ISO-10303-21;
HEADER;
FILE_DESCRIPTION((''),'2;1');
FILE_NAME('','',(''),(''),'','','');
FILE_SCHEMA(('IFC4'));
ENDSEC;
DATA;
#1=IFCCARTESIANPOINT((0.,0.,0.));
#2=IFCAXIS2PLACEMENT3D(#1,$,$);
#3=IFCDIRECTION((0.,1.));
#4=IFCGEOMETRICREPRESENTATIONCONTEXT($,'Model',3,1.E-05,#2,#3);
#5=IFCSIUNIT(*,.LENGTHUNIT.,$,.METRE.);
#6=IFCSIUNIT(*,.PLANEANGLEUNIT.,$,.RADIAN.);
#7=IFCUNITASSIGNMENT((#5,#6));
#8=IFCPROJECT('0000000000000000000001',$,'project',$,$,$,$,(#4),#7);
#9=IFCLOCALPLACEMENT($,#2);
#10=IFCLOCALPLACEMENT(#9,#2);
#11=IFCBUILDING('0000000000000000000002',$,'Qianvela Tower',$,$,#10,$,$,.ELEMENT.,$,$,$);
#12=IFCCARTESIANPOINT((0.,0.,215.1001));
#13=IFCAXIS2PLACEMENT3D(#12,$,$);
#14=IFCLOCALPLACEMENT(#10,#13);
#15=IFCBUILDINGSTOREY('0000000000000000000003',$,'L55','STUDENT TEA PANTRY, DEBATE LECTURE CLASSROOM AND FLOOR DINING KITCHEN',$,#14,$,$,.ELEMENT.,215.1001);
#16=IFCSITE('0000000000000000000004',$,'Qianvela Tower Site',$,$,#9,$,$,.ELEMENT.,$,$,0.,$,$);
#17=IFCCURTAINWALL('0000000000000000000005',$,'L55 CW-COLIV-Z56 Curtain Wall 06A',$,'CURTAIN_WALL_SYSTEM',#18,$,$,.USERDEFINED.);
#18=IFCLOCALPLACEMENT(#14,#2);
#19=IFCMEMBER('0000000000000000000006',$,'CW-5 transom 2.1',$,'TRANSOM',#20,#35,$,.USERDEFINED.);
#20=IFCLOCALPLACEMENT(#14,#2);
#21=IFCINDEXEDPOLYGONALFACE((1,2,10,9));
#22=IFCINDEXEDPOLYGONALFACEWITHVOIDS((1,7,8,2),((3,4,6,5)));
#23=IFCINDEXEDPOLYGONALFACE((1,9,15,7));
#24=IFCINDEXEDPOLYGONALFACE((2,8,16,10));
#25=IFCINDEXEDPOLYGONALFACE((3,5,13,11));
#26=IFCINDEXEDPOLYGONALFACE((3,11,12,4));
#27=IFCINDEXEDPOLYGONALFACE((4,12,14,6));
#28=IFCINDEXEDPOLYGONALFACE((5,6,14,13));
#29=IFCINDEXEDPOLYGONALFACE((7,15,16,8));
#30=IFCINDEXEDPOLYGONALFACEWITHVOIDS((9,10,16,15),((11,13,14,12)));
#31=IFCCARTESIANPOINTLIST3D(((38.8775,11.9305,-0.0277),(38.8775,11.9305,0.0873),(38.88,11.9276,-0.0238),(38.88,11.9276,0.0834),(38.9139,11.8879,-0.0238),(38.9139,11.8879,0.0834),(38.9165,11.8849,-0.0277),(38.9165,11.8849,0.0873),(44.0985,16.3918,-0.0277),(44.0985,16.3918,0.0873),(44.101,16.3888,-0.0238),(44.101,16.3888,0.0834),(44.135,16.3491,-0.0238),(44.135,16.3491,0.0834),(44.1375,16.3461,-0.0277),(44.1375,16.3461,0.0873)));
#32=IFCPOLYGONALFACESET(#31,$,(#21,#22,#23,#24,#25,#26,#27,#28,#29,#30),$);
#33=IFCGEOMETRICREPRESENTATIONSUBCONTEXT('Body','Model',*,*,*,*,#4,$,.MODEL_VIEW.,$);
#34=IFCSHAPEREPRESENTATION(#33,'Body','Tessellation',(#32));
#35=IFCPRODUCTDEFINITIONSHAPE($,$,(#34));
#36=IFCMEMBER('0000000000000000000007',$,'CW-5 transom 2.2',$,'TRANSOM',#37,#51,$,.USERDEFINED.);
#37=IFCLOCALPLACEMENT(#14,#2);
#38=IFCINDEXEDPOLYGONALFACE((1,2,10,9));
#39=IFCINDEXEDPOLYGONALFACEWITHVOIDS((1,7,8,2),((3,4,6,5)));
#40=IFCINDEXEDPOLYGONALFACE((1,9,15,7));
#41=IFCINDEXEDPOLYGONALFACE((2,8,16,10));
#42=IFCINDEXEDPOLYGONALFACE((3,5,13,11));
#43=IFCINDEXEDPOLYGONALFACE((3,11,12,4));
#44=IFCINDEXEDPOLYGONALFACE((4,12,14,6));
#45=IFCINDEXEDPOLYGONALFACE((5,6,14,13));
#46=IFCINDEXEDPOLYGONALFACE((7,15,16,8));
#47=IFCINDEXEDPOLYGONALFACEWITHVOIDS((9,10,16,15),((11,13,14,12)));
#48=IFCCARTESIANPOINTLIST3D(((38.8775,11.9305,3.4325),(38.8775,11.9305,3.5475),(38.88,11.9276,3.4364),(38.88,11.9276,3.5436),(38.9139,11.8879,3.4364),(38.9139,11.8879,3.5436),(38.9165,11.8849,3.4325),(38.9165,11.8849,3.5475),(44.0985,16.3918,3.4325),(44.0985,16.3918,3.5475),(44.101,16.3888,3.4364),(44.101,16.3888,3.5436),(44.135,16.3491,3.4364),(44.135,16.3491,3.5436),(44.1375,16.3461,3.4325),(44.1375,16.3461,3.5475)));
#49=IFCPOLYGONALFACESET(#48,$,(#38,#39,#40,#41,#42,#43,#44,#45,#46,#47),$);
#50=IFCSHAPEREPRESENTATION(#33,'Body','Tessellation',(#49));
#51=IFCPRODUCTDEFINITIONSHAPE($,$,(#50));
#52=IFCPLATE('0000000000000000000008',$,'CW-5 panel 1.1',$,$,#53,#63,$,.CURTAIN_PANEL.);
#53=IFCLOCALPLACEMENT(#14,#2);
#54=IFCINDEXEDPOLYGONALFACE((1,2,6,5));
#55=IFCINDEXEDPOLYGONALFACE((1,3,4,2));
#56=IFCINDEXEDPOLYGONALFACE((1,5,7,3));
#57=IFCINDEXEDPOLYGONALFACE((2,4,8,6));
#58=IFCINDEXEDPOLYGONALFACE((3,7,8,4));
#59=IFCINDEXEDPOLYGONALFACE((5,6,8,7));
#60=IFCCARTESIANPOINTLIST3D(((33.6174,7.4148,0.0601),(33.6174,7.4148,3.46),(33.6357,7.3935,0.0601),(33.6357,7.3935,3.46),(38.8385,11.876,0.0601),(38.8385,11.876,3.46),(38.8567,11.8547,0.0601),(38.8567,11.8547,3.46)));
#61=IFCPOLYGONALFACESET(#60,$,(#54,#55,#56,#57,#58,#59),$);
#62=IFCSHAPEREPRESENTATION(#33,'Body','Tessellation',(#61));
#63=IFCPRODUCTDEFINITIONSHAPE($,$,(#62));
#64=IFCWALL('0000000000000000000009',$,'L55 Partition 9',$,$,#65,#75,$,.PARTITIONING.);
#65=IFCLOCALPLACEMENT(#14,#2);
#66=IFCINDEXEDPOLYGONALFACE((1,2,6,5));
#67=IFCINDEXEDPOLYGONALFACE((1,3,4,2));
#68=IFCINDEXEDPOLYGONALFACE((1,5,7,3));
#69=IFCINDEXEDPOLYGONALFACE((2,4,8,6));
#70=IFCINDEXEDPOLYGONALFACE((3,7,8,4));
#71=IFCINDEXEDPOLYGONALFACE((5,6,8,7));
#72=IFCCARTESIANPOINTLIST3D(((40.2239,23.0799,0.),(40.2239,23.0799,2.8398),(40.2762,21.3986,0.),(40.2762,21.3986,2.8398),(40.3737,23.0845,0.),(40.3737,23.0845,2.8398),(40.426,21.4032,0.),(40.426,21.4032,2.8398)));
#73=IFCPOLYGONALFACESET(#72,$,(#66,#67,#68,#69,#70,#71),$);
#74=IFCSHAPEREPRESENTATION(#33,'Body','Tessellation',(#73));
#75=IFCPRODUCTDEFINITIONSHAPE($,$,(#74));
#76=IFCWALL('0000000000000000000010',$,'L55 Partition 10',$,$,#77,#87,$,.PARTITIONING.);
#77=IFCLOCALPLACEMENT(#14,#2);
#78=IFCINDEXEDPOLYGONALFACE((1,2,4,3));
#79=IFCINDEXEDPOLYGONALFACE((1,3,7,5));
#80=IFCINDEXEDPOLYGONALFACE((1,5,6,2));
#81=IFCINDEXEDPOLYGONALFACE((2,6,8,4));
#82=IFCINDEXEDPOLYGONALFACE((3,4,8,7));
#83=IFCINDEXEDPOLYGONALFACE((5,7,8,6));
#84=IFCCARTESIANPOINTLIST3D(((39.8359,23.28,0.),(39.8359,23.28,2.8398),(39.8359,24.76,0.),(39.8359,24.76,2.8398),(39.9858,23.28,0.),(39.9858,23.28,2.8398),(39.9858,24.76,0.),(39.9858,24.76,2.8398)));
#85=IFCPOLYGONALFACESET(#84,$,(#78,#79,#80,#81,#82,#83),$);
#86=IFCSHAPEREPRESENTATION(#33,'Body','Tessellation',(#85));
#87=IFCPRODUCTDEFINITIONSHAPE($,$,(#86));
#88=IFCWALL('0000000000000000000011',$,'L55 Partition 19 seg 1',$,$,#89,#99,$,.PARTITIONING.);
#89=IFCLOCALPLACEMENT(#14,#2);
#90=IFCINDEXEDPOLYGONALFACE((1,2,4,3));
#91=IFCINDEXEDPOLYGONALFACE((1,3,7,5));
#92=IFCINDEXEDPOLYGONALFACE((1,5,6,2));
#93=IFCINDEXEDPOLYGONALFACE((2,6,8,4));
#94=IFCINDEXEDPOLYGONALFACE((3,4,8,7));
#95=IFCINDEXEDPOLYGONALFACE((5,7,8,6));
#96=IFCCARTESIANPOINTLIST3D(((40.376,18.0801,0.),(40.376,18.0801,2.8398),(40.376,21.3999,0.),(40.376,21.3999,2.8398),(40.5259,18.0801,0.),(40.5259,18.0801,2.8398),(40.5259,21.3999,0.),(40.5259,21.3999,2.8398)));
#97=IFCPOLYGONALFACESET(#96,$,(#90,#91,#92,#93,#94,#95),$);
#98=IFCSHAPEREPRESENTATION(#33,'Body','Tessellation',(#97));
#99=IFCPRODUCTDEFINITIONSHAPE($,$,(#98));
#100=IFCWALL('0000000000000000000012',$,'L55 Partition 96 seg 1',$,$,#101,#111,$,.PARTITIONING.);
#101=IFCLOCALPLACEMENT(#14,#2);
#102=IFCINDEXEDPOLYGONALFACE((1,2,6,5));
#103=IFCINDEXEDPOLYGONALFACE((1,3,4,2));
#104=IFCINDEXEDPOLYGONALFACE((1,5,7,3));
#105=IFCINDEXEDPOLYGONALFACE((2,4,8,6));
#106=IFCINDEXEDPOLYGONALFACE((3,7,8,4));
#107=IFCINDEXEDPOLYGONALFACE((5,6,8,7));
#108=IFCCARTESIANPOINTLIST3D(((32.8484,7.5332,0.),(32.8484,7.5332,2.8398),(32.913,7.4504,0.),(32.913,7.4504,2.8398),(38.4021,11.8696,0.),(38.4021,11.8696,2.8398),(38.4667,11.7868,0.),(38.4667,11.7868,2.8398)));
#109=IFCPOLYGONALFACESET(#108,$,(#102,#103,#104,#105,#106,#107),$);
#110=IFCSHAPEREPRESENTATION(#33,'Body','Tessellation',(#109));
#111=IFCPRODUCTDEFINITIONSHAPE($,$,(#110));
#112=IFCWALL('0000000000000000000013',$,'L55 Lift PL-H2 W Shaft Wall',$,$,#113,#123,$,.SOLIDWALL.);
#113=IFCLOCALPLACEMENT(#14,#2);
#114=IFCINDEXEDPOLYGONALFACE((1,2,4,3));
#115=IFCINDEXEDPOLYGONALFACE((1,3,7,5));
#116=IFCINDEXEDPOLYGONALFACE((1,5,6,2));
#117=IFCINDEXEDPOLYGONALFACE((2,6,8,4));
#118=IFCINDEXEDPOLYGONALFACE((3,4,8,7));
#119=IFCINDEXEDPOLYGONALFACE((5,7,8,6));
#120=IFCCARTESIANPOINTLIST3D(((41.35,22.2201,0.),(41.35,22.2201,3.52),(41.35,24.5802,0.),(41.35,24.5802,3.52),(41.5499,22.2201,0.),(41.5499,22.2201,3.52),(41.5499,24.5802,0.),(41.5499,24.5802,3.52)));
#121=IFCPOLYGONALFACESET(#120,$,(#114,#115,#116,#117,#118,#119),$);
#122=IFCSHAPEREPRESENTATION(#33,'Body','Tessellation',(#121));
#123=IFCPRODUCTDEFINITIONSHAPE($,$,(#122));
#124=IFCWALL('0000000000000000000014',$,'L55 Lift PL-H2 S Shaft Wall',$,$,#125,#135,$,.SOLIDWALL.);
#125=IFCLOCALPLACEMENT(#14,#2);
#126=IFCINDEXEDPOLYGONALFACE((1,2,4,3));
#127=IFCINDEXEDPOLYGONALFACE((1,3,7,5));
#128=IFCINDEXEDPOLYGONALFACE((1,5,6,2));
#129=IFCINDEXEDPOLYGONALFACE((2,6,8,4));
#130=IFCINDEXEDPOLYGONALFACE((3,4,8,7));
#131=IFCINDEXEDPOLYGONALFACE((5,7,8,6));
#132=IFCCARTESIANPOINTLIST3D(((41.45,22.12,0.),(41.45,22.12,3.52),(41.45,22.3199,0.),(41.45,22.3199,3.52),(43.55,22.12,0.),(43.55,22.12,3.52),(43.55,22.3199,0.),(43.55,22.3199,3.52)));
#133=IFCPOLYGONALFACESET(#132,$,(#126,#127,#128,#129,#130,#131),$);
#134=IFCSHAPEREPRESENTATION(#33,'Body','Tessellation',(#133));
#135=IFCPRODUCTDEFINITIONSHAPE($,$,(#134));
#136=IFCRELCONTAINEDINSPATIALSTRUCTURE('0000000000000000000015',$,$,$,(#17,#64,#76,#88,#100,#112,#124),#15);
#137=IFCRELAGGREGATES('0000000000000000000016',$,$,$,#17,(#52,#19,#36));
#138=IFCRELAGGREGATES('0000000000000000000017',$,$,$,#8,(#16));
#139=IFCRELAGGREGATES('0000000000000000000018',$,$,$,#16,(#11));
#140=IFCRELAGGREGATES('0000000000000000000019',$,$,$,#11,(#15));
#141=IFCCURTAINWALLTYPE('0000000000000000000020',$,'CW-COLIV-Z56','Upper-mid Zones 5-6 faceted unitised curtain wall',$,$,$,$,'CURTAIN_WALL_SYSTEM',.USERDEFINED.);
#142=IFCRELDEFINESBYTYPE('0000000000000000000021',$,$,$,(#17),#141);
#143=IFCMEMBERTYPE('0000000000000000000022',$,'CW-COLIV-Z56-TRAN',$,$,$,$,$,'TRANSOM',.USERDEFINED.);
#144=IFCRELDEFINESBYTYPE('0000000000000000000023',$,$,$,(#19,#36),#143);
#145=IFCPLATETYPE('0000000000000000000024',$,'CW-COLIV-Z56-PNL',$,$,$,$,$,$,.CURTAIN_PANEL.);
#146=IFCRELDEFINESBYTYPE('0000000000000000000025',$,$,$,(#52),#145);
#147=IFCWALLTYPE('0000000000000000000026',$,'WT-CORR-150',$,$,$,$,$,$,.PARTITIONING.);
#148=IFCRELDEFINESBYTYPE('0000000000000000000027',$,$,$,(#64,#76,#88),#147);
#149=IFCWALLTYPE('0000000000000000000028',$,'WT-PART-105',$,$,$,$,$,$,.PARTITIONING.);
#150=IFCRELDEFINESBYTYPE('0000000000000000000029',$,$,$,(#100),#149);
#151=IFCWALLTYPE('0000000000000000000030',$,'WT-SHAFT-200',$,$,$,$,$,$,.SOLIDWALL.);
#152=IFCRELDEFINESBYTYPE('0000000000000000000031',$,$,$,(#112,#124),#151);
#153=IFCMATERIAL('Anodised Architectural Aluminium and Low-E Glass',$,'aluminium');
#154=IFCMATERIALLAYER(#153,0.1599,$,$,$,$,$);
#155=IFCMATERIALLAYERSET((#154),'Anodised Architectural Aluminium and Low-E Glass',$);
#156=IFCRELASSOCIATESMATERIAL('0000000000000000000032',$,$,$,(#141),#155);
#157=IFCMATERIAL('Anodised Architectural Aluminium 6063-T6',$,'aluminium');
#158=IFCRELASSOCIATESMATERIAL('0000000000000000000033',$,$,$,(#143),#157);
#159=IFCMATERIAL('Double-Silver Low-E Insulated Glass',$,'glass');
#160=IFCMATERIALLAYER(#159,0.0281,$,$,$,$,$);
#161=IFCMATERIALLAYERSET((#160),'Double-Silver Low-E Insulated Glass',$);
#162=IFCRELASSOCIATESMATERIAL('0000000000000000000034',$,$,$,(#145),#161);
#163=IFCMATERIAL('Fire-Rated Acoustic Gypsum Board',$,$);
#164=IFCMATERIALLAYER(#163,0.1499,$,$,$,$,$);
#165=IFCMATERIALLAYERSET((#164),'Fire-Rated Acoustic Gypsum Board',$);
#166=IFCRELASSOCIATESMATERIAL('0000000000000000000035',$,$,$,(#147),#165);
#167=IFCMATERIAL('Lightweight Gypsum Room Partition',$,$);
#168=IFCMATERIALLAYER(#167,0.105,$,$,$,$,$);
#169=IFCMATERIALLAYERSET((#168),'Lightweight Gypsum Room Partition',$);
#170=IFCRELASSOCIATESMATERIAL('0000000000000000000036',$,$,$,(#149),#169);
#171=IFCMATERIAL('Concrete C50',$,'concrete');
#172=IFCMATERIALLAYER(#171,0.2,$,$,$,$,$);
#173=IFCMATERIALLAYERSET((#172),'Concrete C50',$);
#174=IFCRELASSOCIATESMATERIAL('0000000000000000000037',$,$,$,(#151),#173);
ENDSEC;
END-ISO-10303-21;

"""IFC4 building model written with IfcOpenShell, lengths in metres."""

from ifc_helpers import new_model, si_unit, direction, frame, frame_2d, origin, origin_2d, place, context, subcontext, project, spatial, rectangle, hollow_rectangle, extrude, material, layer, layer_set, material_profile, profile_set, type_object, element, aggregate, save


model = new_model("IFC4")

# Units and contexts
model_context = context("Model", 3, precision=1e-05, world=origin(), true_north=direction((0.0, 1.0)))
body_context = subcontext(model_context, "Body", "Model", "MODEL_VIEW")
ifc_project = project(units=[si_unit("LENGTHUNIT", "METRE"), si_unit("PLANEANGLEUNIT", "RADIAN")], contexts=[model_context])

# Site, building, storey
site_placement = place(None, origin())
site = spatial("IfcSite", under=ifc_project, at=site_placement, Name="Qianvela Tower Site", CompositionType="ELEMENT", RefElevation=0.0)
building_placement = place(site_placement, origin())
building = spatial("IfcBuilding", under=site, at=building_placement, Name="Qianvela Tower", CompositionType="ELEMENT")
storey_placement = place(building_placement, frame((0.0, 0.0, 215.1001)))
storey = spatial("IfcBuildingStorey", under=building, at=storey_placement, Name="L55", Description="STUDENT TEA PANTRY, DEBATE LECTURE CLASSROOM AND FLOOR DINING KITCHEN", CompositionType="ELEMENT", Elevation=215.1001)

# Curtain wall, members, plate
ifc_material_1 = material(Name="Anodised Architectural Aluminium and Low-E Glass", Category="aluminium")
ifc_layer_1 = layer(ifc_material_1, 0.1599)
ifc_layer_set_1 = layer_set([ifc_layer_1], Name="Anodised Architectural Aluminium and Low-E Glass")
curtain_wall_type = type_object("IfcCurtainWallType", Name="CW-COLIV-Z56", Description="Upper-mid Zones 5-6 faceted unitised curtain wall", ElementType="CURTAIN_WALL_SYSTEM", PredefinedType="USERDEFINED", material=ifc_layer_set_1)
curtain_wall_placement = place(storey_placement, origin())
curtain_wall = element("IfcCurtainWall", 1, at=curtain_wall_placement, inside=storey, type_object=curtain_wall_type, Name="L55 CW-COLIV-Z56 Curtain Wall 06A", ObjectType="CURTAIN_WALL_SYSTEM", PredefinedType="USERDEFINED")
ifc_material_2 = material(Name="Anodised Architectural Aluminium 6063-T6", Category="aluminium")
ifc_material_profile_1 = material_profile(ifc_material_2, hollow_rectangle(XDim=0.0601, YDim=0.115, WallThickness=0.0039, at=origin_2d()), Name="ALU-TRAN-60x115")
ifc_profile_set_1 = profile_set([ifc_material_profile_1], Name="Anodised Architectural Aluminium 6063-T6")
member_type_1 = type_object("IfcMemberType", Name="CW-COLIV-Z56-TRAN", ElementType="TRANSOM", PredefinedType="USERDEFINED", material=ifc_profile_set_1)
member_1_placement = place(storey_placement, frame((38.897, 11.9077, 0.0298), z_axis=(0.760257, 0.649622, 0.0), x_axis=(-0.649622, 0.760257, 0.0)))
member_1 = element("IfcMember", 2, at=member_1_placement, type_object=member_type_1, Name="CW-5 transom 2.1", ObjectType="TRANSOM", PredefinedType="USERDEFINED", context=body_context, shape_type="SweptSolid", body=[
    extrude(hollow_rectangle(XDim=0.0601, YDim=0.115, WallThickness=0.0039, at=origin_2d()), origin(), (0.0, 0.0, 1.0), 6.8674),
])
member_2_placement = place(storey_placement, frame((38.897, 11.9077, 3.49), z_axis=(0.760257, 0.649622, 0.0), x_axis=(-0.649622, 0.760257, 0.0)))
member_2 = element("IfcMember", 3, at=member_2_placement, type_object=member_type_1, Name="CW-5 transom 2.2", ObjectType="TRANSOM", PredefinedType="USERDEFINED", context=body_context, shape_type="SweptSolid", body=[
    extrude(hollow_rectangle(XDim=0.0601, YDim=0.115, WallThickness=0.0039, at=origin_2d()), origin(), (0.0, 0.0, 1.0), 6.8674),
])
ifc_material_3 = material(Name="Double-Silver Low-E Insulated Glass", Category="glass")
ifc_layer_2 = layer(ifc_material_3, 0.0281)
ifc_layer_set_2 = layer_set([ifc_layer_2], Name="Double-Silver Low-E Insulated Glass")
plate_type = type_object("IfcPlateType", Name="CW-COLIV-Z56-PNL", PredefinedType="CURTAIN_PANEL", material=ifc_layer_set_2)
plate_placement = place(storey_placement, frame((36.2371, 9.6348, 0.0601), z_axis=(0.0, 0.0, 1.0), x_axis=(0.760259, 0.64962, 0.0)))
plate = element("IfcPlate", 4, at=plate_placement, type_object=plate_type, Name="CW-5 panel 1.1", PredefinedType="CURTAIN_PANEL", context=body_context, shape_type="SweptSolid", body=[
    extrude(rectangle(XDim=6.8674, YDim=0.0281, at=origin_2d()), origin(), (0.0, 0.0, 1.0), 3.3999),
])
aggregate(curtain_wall, [plate, member_1, member_2])

# Shared definitions
ifc_material_4 = material(Name="Fire-Rated Acoustic Gypsum Board")
ifc_layer_3 = layer(ifc_material_4, 0.1499)
ifc_layer_set_3 = layer_set([ifc_layer_3], Name="Fire-Rated Acoustic Gypsum Board")
wall_type_1 = type_object("IfcWallType", Name="WT-CORR-150", PredefinedType="PARTITIONING", material=ifc_layer_set_3)

# Walls
wall_1_placement = place(storey_placement, frame((40.3511, 21.4009, 0.0), z_axis=(0.0, 0.0, 1.0), x_axis=(-0.031058, 0.999518, 0.0)))
element("IfcWall", 5, at=wall_1_placement, inside=storey, type_object=wall_type_1, Name="L55 Partition 9", PredefinedType="PARTITIONING", context=body_context, shape_type="SweptSolid", body=[
    extrude(rectangle(XDim=1.6821, YDim=0.1499, at=frame_2d((0.8411, 0.0))), origin(), (0.0, 0.0, 1.0), 2.8398),
])
wall_2_placement = place(storey_placement, frame((39.9109, 23.28, 0.0), z_axis=(0.0, 0.0, 1.0), x_axis=(0.0, 1.0, 0.0)))
element("IfcWall", 6, at=wall_2_placement, inside=storey, type_object=wall_type_1, Name="L55 Partition 10", PredefinedType="PARTITIONING", context=body_context, shape_type="SweptSolid", body=[
    extrude(rectangle(XDim=1.48, YDim=0.1499, at=frame_2d((0.74, 0.0))), origin(), (0.0, 0.0, 1.0), 2.8398),
])
wall_3_placement = place(storey_placement, frame((40.4509, 18.0801, 0.0), z_axis=(0.0, 0.0, 1.0), x_axis=(0.0, 1.0, 0.0)))
element("IfcWall", 7, at=wall_3_placement, inside=storey, type_object=wall_type_1, Name="L55 Partition 19 seg 1", PredefinedType="PARTITIONING", context=body_context, shape_type="SweptSolid", body=[
    extrude(rectangle(XDim=3.3198, YDim=0.1499, at=frame_2d((1.6599, 0.0))), origin(), (0.0, 0.0, 1.0), 2.8398),
])
ifc_material_5 = material(Name="Lightweight Gypsum Room Partition")
ifc_layer_4 = layer(ifc_material_5, 0.105)
ifc_layer_set_4 = layer_set([ifc_layer_4], Name="Lightweight Gypsum Room Partition")
wall_type_2 = type_object("IfcWallType", Name="WT-PART-105", PredefinedType="PARTITIONING", material=ifc_layer_set_4)
wall_4_placement = place(storey_placement, frame((38.4343, 11.8281, 0.0), z_axis=(0.0, 0.0, 1.0), x_axis=(-0.78819, -0.615432, 0.0)))
element("IfcWall", 8, at=wall_4_placement, inside=storey, type_object=wall_type_2, Name="L55 Partition 96 seg 1", PredefinedType="PARTITIONING", context=body_context, shape_type="SweptSolid", body=[
    extrude(rectangle(XDim=7.0461, YDim=0.105, at=frame_2d((3.5229, 0.0))), origin(), (0.0, 0.0, 1.0), 2.8398),
])
ifc_material_6 = material(Name="Concrete C50", Category="concrete")
ifc_layer_5 = layer(ifc_material_6, 0.2)
ifc_layer_set_5 = layer_set([ifc_layer_5], Name="Concrete C50")
wall_type_3 = type_object("IfcWallType", Name="WT-SHAFT-200", PredefinedType="SOLIDWALL", material=ifc_layer_set_5)
wall_5_placement = place(storey_placement, frame((41.45, 22.22, 0.0), z_axis=(0.0, 0.0, 1.0), x_axis=(0.0, 1.0, 0.0)))
element("IfcWall", 9, at=wall_5_placement, inside=storey, type_object=wall_type_3, Name="L55 Lift PL-H2 W Shaft Wall", PredefinedType="SOLIDWALL", context=body_context, shape_type="SweptSolid", body=[
    extrude(rectangle(XDim=2.3601, YDim=0.2, at=frame_2d((1.1802, 0.0))), origin(), (0.0, 0.0, 1.0), 3.52),
])
wall_6_placement = place(storey_placement, frame((41.45, 22.22, 0.0), z_axis=(0.0, 0.0, 1.0), x_axis=(1.0, 0.0, 0.0)))
element("IfcWall", 10, at=wall_6_placement, inside=storey, type_object=wall_type_3, Name="L55 Lift PL-H2 S Shaft Wall", PredefinedType="SOLIDWALL", context=body_context, shape_type="SweptSolid", body=[
    extrude(rectangle(XDim=2.1001, YDim=0.2, at=frame_2d((1.05, 0.0))), origin(), (0.0, 0.0, 1.0), 3.52),
])

save(model, "model.ifc")
